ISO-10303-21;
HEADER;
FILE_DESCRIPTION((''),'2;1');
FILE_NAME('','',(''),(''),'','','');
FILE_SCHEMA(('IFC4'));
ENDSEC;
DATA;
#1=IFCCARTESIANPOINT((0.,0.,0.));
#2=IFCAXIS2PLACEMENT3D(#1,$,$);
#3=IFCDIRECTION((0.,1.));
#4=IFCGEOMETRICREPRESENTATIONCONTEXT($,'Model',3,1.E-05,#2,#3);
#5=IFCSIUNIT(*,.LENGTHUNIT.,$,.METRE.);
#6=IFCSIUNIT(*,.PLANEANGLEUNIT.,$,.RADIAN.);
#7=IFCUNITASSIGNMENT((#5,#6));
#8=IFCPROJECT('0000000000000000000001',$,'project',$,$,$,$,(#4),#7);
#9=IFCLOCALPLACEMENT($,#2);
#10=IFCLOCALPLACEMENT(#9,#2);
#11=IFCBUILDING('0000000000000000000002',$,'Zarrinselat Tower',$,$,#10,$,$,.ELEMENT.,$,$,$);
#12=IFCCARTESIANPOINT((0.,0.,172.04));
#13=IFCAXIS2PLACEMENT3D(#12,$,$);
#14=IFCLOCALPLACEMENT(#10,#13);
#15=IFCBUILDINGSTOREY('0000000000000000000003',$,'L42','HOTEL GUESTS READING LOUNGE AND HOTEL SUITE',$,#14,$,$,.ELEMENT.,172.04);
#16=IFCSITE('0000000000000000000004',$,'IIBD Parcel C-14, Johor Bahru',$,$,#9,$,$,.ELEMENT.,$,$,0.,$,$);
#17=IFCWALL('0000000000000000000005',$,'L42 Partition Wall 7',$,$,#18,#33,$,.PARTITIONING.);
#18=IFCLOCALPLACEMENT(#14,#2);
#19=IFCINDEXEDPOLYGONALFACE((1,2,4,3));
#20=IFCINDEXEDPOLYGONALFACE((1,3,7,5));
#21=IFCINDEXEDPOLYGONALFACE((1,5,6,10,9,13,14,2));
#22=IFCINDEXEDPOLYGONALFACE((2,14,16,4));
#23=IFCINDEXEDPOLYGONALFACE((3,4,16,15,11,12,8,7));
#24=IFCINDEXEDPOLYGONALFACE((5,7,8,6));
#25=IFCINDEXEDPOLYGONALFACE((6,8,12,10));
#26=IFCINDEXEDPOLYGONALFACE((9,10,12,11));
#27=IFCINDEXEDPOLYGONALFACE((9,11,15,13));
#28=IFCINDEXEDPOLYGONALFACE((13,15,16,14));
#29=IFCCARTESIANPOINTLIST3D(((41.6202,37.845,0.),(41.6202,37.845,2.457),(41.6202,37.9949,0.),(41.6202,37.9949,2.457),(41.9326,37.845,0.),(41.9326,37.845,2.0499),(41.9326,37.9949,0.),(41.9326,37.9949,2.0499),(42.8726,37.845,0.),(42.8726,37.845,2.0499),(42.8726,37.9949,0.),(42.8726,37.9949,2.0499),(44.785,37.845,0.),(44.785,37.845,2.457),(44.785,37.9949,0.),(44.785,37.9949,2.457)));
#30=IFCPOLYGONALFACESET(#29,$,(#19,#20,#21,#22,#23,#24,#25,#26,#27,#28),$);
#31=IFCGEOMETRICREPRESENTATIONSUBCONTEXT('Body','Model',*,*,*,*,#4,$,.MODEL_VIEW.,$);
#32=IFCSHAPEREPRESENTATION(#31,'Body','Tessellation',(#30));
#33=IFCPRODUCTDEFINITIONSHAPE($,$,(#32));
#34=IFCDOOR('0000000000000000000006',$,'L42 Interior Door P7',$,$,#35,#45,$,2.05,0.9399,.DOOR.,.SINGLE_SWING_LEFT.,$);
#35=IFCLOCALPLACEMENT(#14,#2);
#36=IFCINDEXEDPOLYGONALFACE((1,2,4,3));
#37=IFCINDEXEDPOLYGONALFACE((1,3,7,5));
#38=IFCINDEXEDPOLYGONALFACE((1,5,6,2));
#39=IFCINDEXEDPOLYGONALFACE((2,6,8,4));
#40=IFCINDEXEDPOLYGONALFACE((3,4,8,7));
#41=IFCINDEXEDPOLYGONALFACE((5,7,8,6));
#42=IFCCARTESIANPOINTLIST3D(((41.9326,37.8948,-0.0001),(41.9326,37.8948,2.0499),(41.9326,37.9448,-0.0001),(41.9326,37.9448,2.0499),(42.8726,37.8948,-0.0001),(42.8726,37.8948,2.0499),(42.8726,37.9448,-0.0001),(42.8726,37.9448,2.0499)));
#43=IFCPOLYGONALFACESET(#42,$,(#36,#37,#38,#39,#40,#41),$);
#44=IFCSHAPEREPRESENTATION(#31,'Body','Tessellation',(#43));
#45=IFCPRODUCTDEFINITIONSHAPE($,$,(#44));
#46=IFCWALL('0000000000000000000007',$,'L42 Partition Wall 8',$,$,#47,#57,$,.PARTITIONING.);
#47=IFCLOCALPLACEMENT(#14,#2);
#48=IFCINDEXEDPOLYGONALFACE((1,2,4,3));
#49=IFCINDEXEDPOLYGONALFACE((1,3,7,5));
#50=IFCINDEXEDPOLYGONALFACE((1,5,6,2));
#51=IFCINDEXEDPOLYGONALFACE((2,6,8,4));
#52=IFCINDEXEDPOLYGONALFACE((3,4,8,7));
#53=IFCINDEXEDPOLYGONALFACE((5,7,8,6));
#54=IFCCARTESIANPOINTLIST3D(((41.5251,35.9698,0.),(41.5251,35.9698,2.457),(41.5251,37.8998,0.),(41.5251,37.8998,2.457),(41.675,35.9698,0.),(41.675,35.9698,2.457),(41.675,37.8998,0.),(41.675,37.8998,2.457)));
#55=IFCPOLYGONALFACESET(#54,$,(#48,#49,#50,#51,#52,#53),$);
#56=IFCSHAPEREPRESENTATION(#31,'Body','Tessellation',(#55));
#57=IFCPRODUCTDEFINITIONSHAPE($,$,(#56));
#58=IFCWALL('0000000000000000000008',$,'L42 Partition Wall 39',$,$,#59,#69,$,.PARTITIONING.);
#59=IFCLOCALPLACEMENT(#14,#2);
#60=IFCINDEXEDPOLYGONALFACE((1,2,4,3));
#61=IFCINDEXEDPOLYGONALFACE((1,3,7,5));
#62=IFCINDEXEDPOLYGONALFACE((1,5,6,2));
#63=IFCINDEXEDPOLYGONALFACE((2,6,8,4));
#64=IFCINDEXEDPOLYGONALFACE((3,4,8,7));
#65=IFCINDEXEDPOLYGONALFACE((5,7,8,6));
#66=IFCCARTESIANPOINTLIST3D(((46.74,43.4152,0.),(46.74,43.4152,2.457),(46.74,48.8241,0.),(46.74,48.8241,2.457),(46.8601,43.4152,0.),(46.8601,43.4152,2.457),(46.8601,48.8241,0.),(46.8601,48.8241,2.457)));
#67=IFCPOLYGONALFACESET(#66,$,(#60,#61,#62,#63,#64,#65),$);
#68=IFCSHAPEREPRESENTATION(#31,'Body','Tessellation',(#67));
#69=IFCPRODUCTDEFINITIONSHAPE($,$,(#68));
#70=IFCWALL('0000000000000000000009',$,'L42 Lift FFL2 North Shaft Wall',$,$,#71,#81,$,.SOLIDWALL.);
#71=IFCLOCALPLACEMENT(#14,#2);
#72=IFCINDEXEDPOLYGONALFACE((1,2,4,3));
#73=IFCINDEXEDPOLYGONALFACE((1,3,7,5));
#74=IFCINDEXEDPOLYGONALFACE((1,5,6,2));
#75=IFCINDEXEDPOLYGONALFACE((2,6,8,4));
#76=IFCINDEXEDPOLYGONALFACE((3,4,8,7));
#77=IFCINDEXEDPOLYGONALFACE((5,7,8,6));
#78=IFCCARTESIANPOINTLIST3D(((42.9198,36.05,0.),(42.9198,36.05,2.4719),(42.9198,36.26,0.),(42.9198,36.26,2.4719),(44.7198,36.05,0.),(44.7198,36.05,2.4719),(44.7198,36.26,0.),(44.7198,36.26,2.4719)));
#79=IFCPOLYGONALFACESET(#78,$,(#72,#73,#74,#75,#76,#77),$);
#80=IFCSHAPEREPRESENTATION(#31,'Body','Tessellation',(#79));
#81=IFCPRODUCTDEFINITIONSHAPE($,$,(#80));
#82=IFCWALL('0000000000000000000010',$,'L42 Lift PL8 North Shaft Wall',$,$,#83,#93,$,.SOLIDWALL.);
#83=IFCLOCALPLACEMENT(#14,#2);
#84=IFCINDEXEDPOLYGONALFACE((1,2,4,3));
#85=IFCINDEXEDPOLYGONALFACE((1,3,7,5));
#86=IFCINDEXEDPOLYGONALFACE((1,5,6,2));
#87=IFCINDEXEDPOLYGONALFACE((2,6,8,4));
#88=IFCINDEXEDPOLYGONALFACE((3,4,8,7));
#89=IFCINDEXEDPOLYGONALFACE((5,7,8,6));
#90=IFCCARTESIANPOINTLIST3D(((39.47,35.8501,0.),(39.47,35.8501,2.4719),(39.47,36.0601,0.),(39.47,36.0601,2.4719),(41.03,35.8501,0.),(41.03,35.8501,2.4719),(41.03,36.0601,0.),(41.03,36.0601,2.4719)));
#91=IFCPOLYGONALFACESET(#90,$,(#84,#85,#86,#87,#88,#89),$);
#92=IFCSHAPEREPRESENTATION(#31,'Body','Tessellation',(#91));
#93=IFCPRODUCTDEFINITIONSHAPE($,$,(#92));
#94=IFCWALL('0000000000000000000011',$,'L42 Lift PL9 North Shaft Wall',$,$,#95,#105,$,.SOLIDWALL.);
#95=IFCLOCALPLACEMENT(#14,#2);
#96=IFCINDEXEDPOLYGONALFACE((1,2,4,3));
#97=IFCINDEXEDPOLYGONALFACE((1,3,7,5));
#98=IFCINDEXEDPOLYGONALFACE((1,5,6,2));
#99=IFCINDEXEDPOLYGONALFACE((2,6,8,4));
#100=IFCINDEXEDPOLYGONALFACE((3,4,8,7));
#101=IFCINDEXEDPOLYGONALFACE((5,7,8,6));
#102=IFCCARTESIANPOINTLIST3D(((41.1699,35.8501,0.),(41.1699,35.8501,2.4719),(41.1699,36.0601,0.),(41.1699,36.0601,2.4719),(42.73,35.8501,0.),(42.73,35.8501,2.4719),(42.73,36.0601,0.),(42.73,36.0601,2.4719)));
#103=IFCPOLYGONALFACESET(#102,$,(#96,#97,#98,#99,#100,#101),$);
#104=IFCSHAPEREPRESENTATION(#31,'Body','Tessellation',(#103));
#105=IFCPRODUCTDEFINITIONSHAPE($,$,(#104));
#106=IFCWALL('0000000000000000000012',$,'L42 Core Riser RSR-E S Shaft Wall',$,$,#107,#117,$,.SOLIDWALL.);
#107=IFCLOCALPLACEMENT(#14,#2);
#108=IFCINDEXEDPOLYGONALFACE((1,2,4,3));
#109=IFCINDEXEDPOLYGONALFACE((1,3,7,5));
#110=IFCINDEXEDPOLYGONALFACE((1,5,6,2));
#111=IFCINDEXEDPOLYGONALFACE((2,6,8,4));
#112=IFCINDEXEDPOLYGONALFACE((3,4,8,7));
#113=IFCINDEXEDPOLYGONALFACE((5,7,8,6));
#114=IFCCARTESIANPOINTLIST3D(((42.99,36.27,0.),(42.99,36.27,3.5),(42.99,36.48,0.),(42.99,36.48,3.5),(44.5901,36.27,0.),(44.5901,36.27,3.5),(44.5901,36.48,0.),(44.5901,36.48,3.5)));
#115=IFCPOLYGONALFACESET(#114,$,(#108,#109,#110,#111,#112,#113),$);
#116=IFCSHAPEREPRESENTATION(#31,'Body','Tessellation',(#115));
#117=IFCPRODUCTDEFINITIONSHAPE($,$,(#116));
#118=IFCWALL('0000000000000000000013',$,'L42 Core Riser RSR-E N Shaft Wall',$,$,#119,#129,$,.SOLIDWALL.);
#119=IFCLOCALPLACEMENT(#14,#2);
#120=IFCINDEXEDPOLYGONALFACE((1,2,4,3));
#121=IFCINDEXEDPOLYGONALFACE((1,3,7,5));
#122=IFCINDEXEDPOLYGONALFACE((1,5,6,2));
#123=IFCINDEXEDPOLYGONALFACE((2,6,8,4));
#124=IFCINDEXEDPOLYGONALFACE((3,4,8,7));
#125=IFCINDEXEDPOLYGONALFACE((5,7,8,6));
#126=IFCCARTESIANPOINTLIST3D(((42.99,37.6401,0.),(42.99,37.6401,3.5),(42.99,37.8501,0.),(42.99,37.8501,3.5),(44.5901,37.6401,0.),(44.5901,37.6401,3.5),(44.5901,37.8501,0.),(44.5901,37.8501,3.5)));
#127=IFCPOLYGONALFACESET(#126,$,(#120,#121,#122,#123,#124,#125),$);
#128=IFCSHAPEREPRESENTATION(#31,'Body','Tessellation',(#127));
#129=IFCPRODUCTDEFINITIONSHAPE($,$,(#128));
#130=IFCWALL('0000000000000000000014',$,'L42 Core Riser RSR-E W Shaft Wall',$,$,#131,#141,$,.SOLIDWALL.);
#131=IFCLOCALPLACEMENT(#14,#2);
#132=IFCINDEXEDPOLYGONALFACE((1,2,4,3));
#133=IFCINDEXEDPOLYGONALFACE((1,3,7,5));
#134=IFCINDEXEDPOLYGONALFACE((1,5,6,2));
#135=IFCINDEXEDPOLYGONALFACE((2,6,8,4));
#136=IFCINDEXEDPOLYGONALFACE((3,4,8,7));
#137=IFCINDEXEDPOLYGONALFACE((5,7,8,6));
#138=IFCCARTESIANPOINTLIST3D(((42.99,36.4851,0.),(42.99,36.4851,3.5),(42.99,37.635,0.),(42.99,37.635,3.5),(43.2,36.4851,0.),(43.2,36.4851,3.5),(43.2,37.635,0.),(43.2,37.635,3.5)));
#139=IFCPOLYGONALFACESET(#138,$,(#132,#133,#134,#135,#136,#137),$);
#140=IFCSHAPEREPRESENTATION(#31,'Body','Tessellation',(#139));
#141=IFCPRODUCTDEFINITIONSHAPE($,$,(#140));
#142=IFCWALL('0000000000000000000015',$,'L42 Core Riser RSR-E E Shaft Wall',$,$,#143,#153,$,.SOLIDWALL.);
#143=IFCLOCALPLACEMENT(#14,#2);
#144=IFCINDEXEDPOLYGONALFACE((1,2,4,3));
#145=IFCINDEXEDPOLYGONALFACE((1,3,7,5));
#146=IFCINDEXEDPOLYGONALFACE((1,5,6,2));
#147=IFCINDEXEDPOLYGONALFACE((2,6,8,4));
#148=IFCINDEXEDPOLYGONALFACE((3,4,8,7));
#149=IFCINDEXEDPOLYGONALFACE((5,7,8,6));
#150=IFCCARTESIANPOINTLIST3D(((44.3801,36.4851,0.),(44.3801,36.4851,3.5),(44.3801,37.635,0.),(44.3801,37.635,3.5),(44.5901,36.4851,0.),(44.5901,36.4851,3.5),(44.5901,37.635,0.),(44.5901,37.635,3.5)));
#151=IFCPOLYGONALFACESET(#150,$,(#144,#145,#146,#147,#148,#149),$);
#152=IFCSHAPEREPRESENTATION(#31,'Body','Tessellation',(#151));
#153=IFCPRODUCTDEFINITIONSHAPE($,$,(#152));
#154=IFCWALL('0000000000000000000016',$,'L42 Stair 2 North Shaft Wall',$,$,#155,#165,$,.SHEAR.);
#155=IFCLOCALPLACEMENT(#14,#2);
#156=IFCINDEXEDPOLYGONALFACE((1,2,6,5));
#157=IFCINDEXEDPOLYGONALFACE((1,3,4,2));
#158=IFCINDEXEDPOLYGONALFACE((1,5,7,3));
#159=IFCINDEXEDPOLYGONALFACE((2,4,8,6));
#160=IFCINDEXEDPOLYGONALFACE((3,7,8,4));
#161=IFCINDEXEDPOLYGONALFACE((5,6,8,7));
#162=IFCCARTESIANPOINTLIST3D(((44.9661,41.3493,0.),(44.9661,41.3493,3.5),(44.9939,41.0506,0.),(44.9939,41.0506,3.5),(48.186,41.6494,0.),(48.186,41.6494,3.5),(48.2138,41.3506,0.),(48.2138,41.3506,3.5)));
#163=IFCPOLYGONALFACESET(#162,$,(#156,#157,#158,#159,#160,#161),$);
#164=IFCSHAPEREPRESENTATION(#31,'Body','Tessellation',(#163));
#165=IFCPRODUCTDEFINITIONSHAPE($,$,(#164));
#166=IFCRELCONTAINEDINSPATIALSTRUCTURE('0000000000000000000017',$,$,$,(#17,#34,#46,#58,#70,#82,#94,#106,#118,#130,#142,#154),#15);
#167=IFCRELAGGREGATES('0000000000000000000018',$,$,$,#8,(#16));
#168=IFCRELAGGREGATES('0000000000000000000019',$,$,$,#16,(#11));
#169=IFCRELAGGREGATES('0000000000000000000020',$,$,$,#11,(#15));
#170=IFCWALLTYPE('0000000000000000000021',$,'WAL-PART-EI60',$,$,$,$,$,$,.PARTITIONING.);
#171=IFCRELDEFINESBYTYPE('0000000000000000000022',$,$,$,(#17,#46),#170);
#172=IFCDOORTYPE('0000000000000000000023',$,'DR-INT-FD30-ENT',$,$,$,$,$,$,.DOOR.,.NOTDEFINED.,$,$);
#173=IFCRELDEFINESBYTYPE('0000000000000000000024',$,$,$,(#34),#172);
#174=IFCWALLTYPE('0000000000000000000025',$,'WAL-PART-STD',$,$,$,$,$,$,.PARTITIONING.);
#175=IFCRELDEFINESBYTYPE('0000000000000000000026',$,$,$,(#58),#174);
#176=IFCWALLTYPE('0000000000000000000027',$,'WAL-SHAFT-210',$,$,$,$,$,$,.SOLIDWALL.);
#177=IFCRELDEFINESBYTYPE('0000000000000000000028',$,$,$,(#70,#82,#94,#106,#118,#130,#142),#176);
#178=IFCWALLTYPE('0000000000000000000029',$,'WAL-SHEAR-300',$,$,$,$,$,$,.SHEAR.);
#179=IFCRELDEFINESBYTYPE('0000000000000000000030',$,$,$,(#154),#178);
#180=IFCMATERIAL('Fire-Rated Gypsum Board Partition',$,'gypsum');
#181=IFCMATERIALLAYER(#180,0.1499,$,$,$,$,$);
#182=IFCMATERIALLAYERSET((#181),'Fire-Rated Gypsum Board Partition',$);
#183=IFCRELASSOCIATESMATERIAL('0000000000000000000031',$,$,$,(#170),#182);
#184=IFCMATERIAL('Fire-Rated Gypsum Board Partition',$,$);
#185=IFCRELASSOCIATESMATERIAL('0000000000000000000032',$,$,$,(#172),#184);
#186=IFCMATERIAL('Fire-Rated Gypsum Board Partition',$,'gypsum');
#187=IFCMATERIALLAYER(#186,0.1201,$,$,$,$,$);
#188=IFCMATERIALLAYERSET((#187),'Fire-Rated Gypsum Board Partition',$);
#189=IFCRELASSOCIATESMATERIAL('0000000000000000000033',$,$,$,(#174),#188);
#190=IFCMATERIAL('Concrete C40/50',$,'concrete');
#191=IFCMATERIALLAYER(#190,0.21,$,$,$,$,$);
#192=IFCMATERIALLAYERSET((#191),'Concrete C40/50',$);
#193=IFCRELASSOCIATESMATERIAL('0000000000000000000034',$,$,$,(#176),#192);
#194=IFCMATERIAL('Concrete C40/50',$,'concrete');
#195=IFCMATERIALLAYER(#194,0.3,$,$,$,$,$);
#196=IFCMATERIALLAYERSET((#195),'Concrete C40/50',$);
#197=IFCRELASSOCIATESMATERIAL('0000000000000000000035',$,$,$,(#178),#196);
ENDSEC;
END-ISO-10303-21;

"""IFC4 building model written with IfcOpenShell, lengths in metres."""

from ifc_helpers import new_model, si_unit, direction, frame, frame_2d, origin, place, context, subcontext, project, spatial, rectangle, extrude, material, layer, layer_set, type_object, element, fill, save


model = new_model("IFC4")

# Units and contexts
model_context = context("Model", 3, precision=1e-05, world=origin(), true_north=direction((0.0, 1.0)))
body_context = subcontext(model_context, "Body", "Model", "MODEL_VIEW")
ifc_project = project(units=[si_unit("LENGTHUNIT", "METRE"), si_unit("PLANEANGLEUNIT", "RADIAN")], contexts=[model_context])

# Site, building, storey
site_placement = place(None, origin())
site = spatial("IfcSite", under=ifc_project, at=site_placement, Name="IIBD Parcel C-14, Johor Bahru", CompositionType="ELEMENT", RefElevation=0.0)
building_placement = place(site_placement, origin())
building = spatial("IfcBuilding", under=site, at=building_placement, Name="Zarrinselat Tower", CompositionType="ELEMENT")
storey_placement = place(building_placement, frame((0.0, 0.0, 172.04)))
storey = spatial("IfcBuildingStorey", under=building, at=storey_placement, Name="L42", Description="HOTEL GUESTS READING LOUNGE AND HOTEL SUITE", CompositionType="ELEMENT", Elevation=172.04)

# Wall, opening, door
ifc_material_1 = material(Name="Fire-Rated Gypsum Board Partition", Category="gypsum")
ifc_layer_1 = layer(ifc_material_1, 0.1499)
ifc_layer_set_1 = layer_set([ifc_layer_1], Name="Fire-Rated Gypsum Board Partition")
wall_type_1 = type_object("IfcWallType", Name="WAL-PART-EI60", PredefinedType="PARTITIONING", material=ifc_layer_set_1)
wall_1_placement = place(storey_placement, frame((41.6201, 37.9199, 0.0), z_axis=(0.0, 0.0, 1.0), x_axis=(1.0, 0.0, 0.0)))
wall_1 = element("IfcWall", 1, at=wall_1_placement, inside=storey, type_object=wall_type_1, Name="L42 Partition Wall 7", PredefinedType="PARTITIONING", context=body_context, shape_type="SweptSolid", body=[
    extrude(rectangle(XDim=3.1648, YDim=0.1499, at=frame_2d((1.5825, 0.0))), origin(), (0.0, 0.0, 1.0), 2.457),
])
opening_placement = place(wall_1_placement, frame((0.3125, 0.0, 0.0)))
opening = element("IfcOpeningElement", 2, at=opening_placement, cuts=wall_1, PredefinedType="OPENING", context=body_context, shape_type="SweptSolid", body=[
    extrude(rectangle(XDim=0.9399, YDim=2.05, at=frame_2d((0.47, 1.0249))), frame((0.0, 0.085, 0.0), z_axis=(0.0, -1.0, 0.0), x_axis=(1.0, 0.0, 0.0)), (0.0, 0.0, 1.0), 0.1699),
])
ifc_material_2 = material(Name="Fire-Rated Gypsum Board Partition")
door_type = type_object("IfcDoorType", Name="DR-INT-FD30-ENT", OperationType="NOTDEFINED", PredefinedType="DOOR", material=ifc_material_2)
door_placement = place(opening_placement, origin())
door = element("IfcDoor", 3, at=door_placement, inside=storey, type_object=door_type, Name="L42 Interior Door P7", OperationType="SINGLE_SWING_LEFT", OverallHeight=2.05, OverallWidth=0.9399, PredefinedType="DOOR", context=body_context, shape_type="SweptSolid", body=[
    extrude(rectangle(XDim=0.9399, YDim=2.05, at=frame_2d((0.47, 1.0249))), frame((0.0, 0.0249, 0.0), z_axis=(0.0, -1.0, 0.0), x_axis=(1.0, 0.0, 0.0)), (0.0, 0.0, 1.0), 0.05),
])
fill(opening, door)

# Walls
wall_2_placement = place(storey_placement, frame((41.6001, 35.97, 0.0), z_axis=(0.0, 0.0, 1.0), x_axis=(0.0, 1.0, 0.0)))
element("IfcWall", 4, at=wall_2_placement, inside=storey, type_object=wall_type_1, Name="L42 Partition Wall 8", PredefinedType="PARTITIONING", context=body_context, shape_type="SweptSolid", body=[
    extrude(rectangle(XDim=1.9299, YDim=0.1499, at=frame_2d((0.9648, 0.0))), origin(), (0.0, 0.0, 1.0), 2.457),
])
ifc_material_3 = material(Name="Fire-Rated Gypsum Board Partition", Category="gypsum")
ifc_layer_2 = layer(ifc_material_3, 0.1201)
ifc_layer_set_2 = layer_set([ifc_layer_2], Name="Fire-Rated Gypsum Board Partition")
wall_type_2 = type_object("IfcWallType", Name="WAL-PART-STD", PredefinedType="PARTITIONING", material=ifc_layer_set_2)
wall_3_placement = place(storey_placement, frame((46.8, 43.415, 0.0), z_axis=(0.0, 0.0, 1.0), x_axis=(0.0, 1.0, 0.0)))
element("IfcWall", 5, at=wall_3_placement, inside=storey, type_object=wall_type_2, Name="L42 Partition Wall 39", PredefinedType="PARTITIONING", context=body_context, shape_type="SweptSolid", body=[
    extrude(rectangle(XDim=5.4089, YDim=0.1201, at=frame_2d((2.7046, 0.0))), origin(), (0.0, 0.0, 1.0), 2.457),
])
ifc_material_4 = material(Name="Concrete C40/50", Category="concrete")
ifc_layer_3 = layer(ifc_material_4, 0.21)
ifc_layer_set_3 = layer_set([ifc_layer_3], Name="Concrete C40/50")
wall_type_3 = type_object("IfcWallType", Name="WAL-SHAFT-210", PredefinedType="SOLIDWALL", material=ifc_layer_set_3)
wall_4_placement = place(storey_placement, frame((42.9199, 36.155, 0.0), z_axis=(0.0, 0.0, 1.0), x_axis=(1.0, 0.0, 0.0)))
element("IfcWall", 6, at=wall_4_placement, inside=storey, type_object=wall_type_3, Name="L42 Lift FFL2 North Shaft Wall", PredefinedType="SOLIDWALL", context=body_context, shape_type="SweptSolid", body=[
    extrude(rectangle(XDim=1.8, YDim=0.21, at=frame_2d((0.8999, 0.0))), origin(), (0.0, 0.0, 1.0), 2.4719),
])
for number, where, z_axis, x_axis, name in (
    (7, (39.47, 35.9551, 0.0), (0.0, 0.0, 1.0), (1.0, 0.0, 0.0), "L42 Lift PL8 North Shaft Wall"),
    (8, (41.1699, 35.9551, 0.0), (0.0, 0.0, 1.0), (1.0, 0.0, 0.0), "L42 Lift PL9 North Shaft Wall"),
):
    element("IfcWall", number, at=place(storey_placement, frame(where, z_axis=z_axis, x_axis=x_axis)), inside=storey, type_object=wall_type_3, Name=name, PredefinedType="SOLIDWALL", context=body_context, shape_type="SweptSolid", body=[
        extrude(rectangle(XDim=1.5601, YDim=0.21, at=frame_2d((0.78, 0.0))), origin(), (0.0, 0.0, 1.0), 2.4719),
    ])
for number, where, z_axis, x_axis, name in (
    (9, (42.99, 36.375, 0.0), (0.0, 0.0, 1.0), (1.0, 0.0, 0.0), "L42 Core Riser RSR-E S Shaft Wall"),
    (10, (42.99, 37.7451, 0.0), (0.0, 0.0, 1.0), (1.0, 0.0, 0.0), "L42 Core Riser RSR-E N Shaft Wall"),
):
    element("IfcWall", number, at=place(storey_placement, frame(where, z_axis=z_axis, x_axis=x_axis)), inside=storey, type_object=wall_type_3, Name=name, PredefinedType="SOLIDWALL", context=body_context, shape_type="SweptSolid", body=[
        extrude(rectangle(XDim=1.6001, YDim=0.21, at=frame_2d((0.8, 0.0))), origin(), (0.0, 0.0, 1.0), 3.5),
    ])
for number, where, z_axis, x_axis, name in (
    (11, (43.095, 36.4851, 0.0), (0.0, 0.0, 1.0), (0.0, 1.0, 0.0), "L42 Core Riser RSR-E W Shaft Wall"),
    (12, (44.4851, 36.4851, 0.0), (0.0, 0.0, 1.0), (0.0, 1.0, 0.0), "L42 Core Riser RSR-E E Shaft Wall"),
):
    element("IfcWall", number, at=place(storey_placement, frame(where, z_axis=z_axis, x_axis=x_axis)), inside=storey, type_object=wall_type_3, Name=name, PredefinedType="SOLIDWALL", context=body_context, shape_type="SweptSolid", body=[
        extrude(rectangle(XDim=1.1499, YDim=0.21, at=frame_2d((0.575, 0.0))), origin(), (0.0, 0.0, 1.0), 3.5),
    ])
ifc_material_5 = material(Name="Concrete C40/50", Category="concrete")
ifc_layer_4 = layer(ifc_material_5, 0.3)
ifc_layer_set_4 = layer_set([ifc_layer_4], Name="Concrete C40/50")
wall_type_4 = type_object("IfcWallType", Name="WAL-SHEAR-300", PredefinedType="SHEAR", material=ifc_layer_set_4)
wall_5_placement = place(storey_placement, frame((44.98, 41.2, 0.0), z_axis=(0.0, 0.0, 1.0), x_axis=(0.995686, 0.092782, 0.0)))
element("IfcWall", 13, at=wall_5_placement, inside=storey, type_object=wall_type_4, Name="L42 Stair 2 North Shaft Wall", PredefinedType="SHEAR", context=body_context, shape_type="SweptSolid", body=[
    extrude(rectangle(XDim=3.2339, YDim=0.3, at=frame_2d((1.6169, 0.0))), origin(), (0.0, 0.0, 1.0), 3.5),
])

save(model, "model.ifc")
